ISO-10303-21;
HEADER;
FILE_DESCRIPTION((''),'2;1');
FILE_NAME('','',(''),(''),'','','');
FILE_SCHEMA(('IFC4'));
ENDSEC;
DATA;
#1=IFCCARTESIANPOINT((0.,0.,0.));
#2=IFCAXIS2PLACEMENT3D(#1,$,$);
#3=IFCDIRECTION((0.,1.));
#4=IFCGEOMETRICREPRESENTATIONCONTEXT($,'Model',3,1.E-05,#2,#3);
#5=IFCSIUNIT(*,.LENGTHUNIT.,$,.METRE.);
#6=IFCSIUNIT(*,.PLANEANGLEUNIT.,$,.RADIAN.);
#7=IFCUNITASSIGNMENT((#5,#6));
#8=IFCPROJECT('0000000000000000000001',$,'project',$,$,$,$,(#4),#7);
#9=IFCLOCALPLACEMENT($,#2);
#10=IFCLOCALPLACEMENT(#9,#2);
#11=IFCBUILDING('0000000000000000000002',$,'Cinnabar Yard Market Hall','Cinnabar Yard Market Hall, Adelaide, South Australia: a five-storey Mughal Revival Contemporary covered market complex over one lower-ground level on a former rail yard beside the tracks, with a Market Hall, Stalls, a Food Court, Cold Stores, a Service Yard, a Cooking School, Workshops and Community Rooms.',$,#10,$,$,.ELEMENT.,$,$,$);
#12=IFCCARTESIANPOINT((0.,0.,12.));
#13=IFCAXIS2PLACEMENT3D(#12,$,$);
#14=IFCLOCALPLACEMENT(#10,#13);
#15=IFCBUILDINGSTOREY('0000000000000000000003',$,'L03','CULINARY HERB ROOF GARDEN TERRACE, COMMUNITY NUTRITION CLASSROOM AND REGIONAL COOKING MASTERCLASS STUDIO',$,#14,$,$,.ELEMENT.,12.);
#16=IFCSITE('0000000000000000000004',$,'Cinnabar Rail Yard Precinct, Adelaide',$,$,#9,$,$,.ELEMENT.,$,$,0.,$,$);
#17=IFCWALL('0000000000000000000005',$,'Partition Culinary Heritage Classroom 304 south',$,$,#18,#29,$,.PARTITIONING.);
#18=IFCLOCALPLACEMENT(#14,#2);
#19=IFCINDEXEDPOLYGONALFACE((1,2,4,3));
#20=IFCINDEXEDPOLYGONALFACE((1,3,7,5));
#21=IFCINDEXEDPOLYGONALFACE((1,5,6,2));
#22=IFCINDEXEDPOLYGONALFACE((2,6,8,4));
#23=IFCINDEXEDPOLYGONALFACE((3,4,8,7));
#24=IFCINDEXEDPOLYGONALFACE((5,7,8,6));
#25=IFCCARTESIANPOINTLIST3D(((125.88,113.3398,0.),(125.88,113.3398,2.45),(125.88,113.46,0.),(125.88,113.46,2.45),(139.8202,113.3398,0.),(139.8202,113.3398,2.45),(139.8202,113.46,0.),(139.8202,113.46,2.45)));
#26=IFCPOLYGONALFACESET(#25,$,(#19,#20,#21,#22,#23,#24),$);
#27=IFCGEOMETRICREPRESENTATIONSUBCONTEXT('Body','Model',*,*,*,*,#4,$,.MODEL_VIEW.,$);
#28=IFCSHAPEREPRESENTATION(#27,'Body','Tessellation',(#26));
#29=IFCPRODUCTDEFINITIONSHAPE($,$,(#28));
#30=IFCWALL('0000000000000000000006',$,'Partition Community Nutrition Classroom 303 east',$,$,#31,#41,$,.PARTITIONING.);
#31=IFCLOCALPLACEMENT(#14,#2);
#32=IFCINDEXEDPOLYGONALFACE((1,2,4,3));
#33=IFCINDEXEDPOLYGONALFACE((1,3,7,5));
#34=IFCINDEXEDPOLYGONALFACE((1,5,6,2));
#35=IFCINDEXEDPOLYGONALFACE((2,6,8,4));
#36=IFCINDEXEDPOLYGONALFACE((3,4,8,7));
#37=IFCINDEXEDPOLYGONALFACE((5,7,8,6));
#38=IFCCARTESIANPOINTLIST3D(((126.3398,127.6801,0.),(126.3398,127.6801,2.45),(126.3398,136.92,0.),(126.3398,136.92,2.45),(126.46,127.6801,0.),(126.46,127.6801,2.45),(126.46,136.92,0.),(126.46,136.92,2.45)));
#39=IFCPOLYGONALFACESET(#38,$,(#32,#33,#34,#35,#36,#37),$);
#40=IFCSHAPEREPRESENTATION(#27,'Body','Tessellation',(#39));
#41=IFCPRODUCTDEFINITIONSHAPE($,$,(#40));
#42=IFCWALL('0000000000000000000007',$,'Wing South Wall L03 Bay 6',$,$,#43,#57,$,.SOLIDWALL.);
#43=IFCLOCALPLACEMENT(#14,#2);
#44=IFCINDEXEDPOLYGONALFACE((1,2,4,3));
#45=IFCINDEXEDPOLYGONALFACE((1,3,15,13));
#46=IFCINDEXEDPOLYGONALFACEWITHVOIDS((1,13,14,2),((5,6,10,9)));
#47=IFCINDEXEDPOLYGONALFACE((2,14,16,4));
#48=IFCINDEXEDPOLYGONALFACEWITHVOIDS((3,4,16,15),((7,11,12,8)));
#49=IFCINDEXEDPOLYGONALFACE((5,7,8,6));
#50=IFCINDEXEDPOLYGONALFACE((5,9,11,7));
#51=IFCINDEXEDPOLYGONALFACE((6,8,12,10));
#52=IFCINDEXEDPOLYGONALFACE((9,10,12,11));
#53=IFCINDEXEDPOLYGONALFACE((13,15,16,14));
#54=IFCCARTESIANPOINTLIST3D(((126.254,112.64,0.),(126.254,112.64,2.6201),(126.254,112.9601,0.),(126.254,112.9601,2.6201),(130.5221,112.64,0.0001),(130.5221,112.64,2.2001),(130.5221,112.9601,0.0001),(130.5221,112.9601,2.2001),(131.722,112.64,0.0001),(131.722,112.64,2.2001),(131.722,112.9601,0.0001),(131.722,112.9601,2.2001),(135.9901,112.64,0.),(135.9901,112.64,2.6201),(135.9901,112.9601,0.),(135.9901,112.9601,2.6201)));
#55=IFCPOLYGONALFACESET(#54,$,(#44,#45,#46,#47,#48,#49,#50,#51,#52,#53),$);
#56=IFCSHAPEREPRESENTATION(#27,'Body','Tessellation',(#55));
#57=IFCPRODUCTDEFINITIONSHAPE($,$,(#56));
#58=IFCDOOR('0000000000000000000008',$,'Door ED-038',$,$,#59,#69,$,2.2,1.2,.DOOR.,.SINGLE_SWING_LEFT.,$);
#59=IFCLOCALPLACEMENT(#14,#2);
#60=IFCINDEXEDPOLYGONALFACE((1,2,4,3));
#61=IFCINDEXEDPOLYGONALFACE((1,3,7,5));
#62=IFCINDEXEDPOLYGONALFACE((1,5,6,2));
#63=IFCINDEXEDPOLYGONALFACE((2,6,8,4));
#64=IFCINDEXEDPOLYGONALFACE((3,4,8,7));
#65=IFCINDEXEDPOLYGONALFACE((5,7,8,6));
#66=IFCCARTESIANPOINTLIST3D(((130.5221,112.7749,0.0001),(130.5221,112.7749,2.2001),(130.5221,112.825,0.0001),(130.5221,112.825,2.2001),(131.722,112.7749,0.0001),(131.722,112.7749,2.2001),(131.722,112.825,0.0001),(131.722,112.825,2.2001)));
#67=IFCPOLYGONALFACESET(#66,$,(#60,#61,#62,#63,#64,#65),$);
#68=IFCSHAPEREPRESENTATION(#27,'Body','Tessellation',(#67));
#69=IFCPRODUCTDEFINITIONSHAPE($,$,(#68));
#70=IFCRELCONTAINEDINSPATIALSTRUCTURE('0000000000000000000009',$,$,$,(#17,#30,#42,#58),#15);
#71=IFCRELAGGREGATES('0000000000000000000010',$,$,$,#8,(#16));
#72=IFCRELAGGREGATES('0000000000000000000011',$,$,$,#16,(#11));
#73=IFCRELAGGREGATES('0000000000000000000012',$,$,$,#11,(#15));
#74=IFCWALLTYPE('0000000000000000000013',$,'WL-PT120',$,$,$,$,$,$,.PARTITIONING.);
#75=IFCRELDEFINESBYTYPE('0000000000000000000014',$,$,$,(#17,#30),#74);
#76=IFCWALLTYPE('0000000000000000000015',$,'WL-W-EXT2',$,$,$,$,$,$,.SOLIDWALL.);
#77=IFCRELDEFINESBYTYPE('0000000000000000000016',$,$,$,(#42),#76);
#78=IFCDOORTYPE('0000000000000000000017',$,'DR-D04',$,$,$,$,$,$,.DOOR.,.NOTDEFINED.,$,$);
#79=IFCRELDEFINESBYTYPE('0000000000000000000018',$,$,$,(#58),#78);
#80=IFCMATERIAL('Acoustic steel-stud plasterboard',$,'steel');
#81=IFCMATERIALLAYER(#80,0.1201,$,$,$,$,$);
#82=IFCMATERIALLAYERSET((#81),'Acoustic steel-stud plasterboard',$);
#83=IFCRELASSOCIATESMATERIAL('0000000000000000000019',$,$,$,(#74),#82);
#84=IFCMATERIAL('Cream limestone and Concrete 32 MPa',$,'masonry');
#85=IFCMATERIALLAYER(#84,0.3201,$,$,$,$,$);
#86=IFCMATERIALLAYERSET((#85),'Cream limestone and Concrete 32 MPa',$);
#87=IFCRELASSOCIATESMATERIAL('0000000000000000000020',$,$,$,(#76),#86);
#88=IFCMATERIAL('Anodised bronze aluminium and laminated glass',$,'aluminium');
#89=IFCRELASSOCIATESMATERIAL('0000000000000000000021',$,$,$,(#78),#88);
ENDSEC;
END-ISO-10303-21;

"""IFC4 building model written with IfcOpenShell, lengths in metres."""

from ifc_helpers import new_model, si_unit, direction, frame, frame_2d, origin, place, context, subcontext, project, spatial, rectangle, extrude, material, layer, layer_set, type_object, element, fill, save


model = new_model("IFC4")

# Units and contexts
model_context = context("Model", 3, precision=1e-05, world=origin(), true_north=direction((0.0, 1.0)))
body_context = subcontext(model_context, "Body", "Model", "MODEL_VIEW")
ifc_project = project(units=[si_unit("LENGTHUNIT", "METRE"), si_unit("PLANEANGLEUNIT", "RADIAN")], contexts=[model_context])

# Site, building, storey
site_placement = place(None, origin())
site = spatial("IfcSite", under=ifc_project, at=site_placement, Name="Cinnabar Rail Yard Precinct, Adelaide", CompositionType="ELEMENT", RefElevation=0.0)
building_placement = place(site_placement, origin())
building = spatial("IfcBuilding", under=site, at=building_placement, Name="Cinnabar Yard Market Hall", Description="Cinnabar Yard Market Hall, Adelaide, South Australia: a five-storey Mughal Revival Contemporary covered market complex over one lower-ground level on a former rail yard beside the tracks, with a Market Hall, Stalls, a Food Court, Cold Stores, a Service Yard, a Cooking School, Workshops and Community Rooms.", CompositionType="ELEMENT")
storey_placement = place(building_placement, frame((0.0, 0.0, 12.0)))
storey = spatial("IfcBuildingStorey", under=building, at=storey_placement, Name="L03", Description="CULINARY HERB ROOF GARDEN TERRACE, COMMUNITY NUTRITION CLASSROOM AND REGIONAL COOKING MASTERCLASS STUDIO", CompositionType="ELEMENT", Elevation=12.0)

# Shared definitions
ifc_material_1 = material(Name="Acoustic steel-stud plasterboard", Category="steel")
ifc_layer_1 = layer(ifc_material_1, 0.1201)
ifc_layer_set_1 = layer_set([ifc_layer_1], Name="Acoustic steel-stud plasterboard")
wall_type_1 = type_object("IfcWallType", Name="WL-PT120", PredefinedType="PARTITIONING", material=ifc_layer_set_1)

# Walls
wall_1_placement = place(storey_placement, frame((125.8799, 113.3999, 0.0), z_axis=(0.0, 0.0, 1.0), x_axis=(1.0, 0.0, 0.0)))
element("IfcWall", 1, at=wall_1_placement, inside=storey, type_object=wall_type_1, Name="Partition Culinary Heritage Classroom 304 south", PredefinedType="PARTITIONING", context=body_context, shape_type="SweptSolid", body=[
    extrude(rectangle(XDim=13.9402, YDim=0.1201, at=frame_2d((6.9702, 0.0), x_axis=(1.0, 0.0))), origin(), (0.0, 0.0, 1.0), 2.45),
])
wall_2_placement = place(storey_placement, frame((126.3999, 127.6799, 0.0), z_axis=(0.0, 0.0, 1.0), x_axis=(0.0, 1.0, 0.0)))
element("IfcWall", 2, at=wall_2_placement, inside=storey, type_object=wall_type_1, Name="Partition Community Nutrition Classroom 303 east", PredefinedType="PARTITIONING", context=body_context, shape_type="SweptSolid", body=[
    extrude(rectangle(XDim=9.24, YDim=0.1201, at=frame_2d((4.6201, 0.0), x_axis=(1.0, 0.0))), origin(), (0.0, 0.0, 1.0), 2.45),
])

# Wall, opening, door
ifc_material_2 = material(Name="Cream limestone and Concrete 32 MPa", Category="masonry")
ifc_layer_2 = layer(ifc_material_2, 0.3201)
ifc_layer_set_2 = layer_set([ifc_layer_2], Name="Cream limestone and Concrete 32 MPa")
wall_type_2 = type_object("IfcWallType", Name="WL-W-EXT2", PredefinedType="SOLIDWALL", material=ifc_layer_set_2)
wall_3_placement = place(storey_placement, frame((126.2539, 112.8, 0.0), z_axis=(0.0, 0.0, 1.0), x_axis=(1.0, 0.0, 0.0)))
wall_3 = element("IfcWall", 3, at=wall_3_placement, inside=storey, type_object=wall_type_2, Name="Wing South Wall L03 Bay 6", PredefinedType="SOLIDWALL", context=body_context, shape_type="SweptSolid", body=[
    extrude(rectangle(XDim=9.7361, YDim=0.3201, at=frame_2d((4.8682, 0.0), x_axis=(1.0, 0.0))), origin(), (0.0, 0.0, 1.0), 2.6201),
])
opening_1_placement = place(wall_3_placement, frame((4.2681, 0.0, 0.0)))
opening_1 = element("IfcOpeningElement", 4, at=opening_1_placement, cuts=wall_3, PredefinedType="OPENING", context=body_context, shape_type="SweptSolid", body=[
    extrude(rectangle(XDim=1.2, YDim=2.2, at=frame_2d((0.6001, 1.1001), x_axis=(1.0, 0.0))), frame((0.0, 0.1699, 0.0), z_axis=(0.0, -1.0, 0.0), x_axis=(1.0, 0.0, 0.0)), (0.0, 0.0, 1.0), 0.3401),
])
ifc_material_3 = material(Name="Anodised bronze aluminium and laminated glass", Category="aluminium")
door_type_1 = type_object("IfcDoorType", Name="DR-D04", OperationType="NOTDEFINED", PredefinedType="DOOR", material=ifc_material_3)
door_1_placement = place(opening_1_placement, origin())
door_1 = element("IfcDoor", 5, at=door_1_placement, inside=storey, type_object=door_type_1, Name="Door ED-038", OperationType="SINGLE_SWING_LEFT", OverallHeight=2.2, OverallWidth=1.2, PredefinedType="DOOR", context=body_context, shape_type="SweptSolid", body=[
    extrude(rectangle(XDim=1.2, YDim=2.2, at=frame_2d((0.6001, 1.1001), x_axis=(1.0, 0.0))), frame((0.0, 0.0249, 0.0), z_axis=(0.0, -1.0, 0.0), x_axis=(1.0, 0.0, 0.0)), (0.0, 0.0, 1.0), 0.05),
])
fill(opening_1, door_1)

save(model, "model.ifc")
